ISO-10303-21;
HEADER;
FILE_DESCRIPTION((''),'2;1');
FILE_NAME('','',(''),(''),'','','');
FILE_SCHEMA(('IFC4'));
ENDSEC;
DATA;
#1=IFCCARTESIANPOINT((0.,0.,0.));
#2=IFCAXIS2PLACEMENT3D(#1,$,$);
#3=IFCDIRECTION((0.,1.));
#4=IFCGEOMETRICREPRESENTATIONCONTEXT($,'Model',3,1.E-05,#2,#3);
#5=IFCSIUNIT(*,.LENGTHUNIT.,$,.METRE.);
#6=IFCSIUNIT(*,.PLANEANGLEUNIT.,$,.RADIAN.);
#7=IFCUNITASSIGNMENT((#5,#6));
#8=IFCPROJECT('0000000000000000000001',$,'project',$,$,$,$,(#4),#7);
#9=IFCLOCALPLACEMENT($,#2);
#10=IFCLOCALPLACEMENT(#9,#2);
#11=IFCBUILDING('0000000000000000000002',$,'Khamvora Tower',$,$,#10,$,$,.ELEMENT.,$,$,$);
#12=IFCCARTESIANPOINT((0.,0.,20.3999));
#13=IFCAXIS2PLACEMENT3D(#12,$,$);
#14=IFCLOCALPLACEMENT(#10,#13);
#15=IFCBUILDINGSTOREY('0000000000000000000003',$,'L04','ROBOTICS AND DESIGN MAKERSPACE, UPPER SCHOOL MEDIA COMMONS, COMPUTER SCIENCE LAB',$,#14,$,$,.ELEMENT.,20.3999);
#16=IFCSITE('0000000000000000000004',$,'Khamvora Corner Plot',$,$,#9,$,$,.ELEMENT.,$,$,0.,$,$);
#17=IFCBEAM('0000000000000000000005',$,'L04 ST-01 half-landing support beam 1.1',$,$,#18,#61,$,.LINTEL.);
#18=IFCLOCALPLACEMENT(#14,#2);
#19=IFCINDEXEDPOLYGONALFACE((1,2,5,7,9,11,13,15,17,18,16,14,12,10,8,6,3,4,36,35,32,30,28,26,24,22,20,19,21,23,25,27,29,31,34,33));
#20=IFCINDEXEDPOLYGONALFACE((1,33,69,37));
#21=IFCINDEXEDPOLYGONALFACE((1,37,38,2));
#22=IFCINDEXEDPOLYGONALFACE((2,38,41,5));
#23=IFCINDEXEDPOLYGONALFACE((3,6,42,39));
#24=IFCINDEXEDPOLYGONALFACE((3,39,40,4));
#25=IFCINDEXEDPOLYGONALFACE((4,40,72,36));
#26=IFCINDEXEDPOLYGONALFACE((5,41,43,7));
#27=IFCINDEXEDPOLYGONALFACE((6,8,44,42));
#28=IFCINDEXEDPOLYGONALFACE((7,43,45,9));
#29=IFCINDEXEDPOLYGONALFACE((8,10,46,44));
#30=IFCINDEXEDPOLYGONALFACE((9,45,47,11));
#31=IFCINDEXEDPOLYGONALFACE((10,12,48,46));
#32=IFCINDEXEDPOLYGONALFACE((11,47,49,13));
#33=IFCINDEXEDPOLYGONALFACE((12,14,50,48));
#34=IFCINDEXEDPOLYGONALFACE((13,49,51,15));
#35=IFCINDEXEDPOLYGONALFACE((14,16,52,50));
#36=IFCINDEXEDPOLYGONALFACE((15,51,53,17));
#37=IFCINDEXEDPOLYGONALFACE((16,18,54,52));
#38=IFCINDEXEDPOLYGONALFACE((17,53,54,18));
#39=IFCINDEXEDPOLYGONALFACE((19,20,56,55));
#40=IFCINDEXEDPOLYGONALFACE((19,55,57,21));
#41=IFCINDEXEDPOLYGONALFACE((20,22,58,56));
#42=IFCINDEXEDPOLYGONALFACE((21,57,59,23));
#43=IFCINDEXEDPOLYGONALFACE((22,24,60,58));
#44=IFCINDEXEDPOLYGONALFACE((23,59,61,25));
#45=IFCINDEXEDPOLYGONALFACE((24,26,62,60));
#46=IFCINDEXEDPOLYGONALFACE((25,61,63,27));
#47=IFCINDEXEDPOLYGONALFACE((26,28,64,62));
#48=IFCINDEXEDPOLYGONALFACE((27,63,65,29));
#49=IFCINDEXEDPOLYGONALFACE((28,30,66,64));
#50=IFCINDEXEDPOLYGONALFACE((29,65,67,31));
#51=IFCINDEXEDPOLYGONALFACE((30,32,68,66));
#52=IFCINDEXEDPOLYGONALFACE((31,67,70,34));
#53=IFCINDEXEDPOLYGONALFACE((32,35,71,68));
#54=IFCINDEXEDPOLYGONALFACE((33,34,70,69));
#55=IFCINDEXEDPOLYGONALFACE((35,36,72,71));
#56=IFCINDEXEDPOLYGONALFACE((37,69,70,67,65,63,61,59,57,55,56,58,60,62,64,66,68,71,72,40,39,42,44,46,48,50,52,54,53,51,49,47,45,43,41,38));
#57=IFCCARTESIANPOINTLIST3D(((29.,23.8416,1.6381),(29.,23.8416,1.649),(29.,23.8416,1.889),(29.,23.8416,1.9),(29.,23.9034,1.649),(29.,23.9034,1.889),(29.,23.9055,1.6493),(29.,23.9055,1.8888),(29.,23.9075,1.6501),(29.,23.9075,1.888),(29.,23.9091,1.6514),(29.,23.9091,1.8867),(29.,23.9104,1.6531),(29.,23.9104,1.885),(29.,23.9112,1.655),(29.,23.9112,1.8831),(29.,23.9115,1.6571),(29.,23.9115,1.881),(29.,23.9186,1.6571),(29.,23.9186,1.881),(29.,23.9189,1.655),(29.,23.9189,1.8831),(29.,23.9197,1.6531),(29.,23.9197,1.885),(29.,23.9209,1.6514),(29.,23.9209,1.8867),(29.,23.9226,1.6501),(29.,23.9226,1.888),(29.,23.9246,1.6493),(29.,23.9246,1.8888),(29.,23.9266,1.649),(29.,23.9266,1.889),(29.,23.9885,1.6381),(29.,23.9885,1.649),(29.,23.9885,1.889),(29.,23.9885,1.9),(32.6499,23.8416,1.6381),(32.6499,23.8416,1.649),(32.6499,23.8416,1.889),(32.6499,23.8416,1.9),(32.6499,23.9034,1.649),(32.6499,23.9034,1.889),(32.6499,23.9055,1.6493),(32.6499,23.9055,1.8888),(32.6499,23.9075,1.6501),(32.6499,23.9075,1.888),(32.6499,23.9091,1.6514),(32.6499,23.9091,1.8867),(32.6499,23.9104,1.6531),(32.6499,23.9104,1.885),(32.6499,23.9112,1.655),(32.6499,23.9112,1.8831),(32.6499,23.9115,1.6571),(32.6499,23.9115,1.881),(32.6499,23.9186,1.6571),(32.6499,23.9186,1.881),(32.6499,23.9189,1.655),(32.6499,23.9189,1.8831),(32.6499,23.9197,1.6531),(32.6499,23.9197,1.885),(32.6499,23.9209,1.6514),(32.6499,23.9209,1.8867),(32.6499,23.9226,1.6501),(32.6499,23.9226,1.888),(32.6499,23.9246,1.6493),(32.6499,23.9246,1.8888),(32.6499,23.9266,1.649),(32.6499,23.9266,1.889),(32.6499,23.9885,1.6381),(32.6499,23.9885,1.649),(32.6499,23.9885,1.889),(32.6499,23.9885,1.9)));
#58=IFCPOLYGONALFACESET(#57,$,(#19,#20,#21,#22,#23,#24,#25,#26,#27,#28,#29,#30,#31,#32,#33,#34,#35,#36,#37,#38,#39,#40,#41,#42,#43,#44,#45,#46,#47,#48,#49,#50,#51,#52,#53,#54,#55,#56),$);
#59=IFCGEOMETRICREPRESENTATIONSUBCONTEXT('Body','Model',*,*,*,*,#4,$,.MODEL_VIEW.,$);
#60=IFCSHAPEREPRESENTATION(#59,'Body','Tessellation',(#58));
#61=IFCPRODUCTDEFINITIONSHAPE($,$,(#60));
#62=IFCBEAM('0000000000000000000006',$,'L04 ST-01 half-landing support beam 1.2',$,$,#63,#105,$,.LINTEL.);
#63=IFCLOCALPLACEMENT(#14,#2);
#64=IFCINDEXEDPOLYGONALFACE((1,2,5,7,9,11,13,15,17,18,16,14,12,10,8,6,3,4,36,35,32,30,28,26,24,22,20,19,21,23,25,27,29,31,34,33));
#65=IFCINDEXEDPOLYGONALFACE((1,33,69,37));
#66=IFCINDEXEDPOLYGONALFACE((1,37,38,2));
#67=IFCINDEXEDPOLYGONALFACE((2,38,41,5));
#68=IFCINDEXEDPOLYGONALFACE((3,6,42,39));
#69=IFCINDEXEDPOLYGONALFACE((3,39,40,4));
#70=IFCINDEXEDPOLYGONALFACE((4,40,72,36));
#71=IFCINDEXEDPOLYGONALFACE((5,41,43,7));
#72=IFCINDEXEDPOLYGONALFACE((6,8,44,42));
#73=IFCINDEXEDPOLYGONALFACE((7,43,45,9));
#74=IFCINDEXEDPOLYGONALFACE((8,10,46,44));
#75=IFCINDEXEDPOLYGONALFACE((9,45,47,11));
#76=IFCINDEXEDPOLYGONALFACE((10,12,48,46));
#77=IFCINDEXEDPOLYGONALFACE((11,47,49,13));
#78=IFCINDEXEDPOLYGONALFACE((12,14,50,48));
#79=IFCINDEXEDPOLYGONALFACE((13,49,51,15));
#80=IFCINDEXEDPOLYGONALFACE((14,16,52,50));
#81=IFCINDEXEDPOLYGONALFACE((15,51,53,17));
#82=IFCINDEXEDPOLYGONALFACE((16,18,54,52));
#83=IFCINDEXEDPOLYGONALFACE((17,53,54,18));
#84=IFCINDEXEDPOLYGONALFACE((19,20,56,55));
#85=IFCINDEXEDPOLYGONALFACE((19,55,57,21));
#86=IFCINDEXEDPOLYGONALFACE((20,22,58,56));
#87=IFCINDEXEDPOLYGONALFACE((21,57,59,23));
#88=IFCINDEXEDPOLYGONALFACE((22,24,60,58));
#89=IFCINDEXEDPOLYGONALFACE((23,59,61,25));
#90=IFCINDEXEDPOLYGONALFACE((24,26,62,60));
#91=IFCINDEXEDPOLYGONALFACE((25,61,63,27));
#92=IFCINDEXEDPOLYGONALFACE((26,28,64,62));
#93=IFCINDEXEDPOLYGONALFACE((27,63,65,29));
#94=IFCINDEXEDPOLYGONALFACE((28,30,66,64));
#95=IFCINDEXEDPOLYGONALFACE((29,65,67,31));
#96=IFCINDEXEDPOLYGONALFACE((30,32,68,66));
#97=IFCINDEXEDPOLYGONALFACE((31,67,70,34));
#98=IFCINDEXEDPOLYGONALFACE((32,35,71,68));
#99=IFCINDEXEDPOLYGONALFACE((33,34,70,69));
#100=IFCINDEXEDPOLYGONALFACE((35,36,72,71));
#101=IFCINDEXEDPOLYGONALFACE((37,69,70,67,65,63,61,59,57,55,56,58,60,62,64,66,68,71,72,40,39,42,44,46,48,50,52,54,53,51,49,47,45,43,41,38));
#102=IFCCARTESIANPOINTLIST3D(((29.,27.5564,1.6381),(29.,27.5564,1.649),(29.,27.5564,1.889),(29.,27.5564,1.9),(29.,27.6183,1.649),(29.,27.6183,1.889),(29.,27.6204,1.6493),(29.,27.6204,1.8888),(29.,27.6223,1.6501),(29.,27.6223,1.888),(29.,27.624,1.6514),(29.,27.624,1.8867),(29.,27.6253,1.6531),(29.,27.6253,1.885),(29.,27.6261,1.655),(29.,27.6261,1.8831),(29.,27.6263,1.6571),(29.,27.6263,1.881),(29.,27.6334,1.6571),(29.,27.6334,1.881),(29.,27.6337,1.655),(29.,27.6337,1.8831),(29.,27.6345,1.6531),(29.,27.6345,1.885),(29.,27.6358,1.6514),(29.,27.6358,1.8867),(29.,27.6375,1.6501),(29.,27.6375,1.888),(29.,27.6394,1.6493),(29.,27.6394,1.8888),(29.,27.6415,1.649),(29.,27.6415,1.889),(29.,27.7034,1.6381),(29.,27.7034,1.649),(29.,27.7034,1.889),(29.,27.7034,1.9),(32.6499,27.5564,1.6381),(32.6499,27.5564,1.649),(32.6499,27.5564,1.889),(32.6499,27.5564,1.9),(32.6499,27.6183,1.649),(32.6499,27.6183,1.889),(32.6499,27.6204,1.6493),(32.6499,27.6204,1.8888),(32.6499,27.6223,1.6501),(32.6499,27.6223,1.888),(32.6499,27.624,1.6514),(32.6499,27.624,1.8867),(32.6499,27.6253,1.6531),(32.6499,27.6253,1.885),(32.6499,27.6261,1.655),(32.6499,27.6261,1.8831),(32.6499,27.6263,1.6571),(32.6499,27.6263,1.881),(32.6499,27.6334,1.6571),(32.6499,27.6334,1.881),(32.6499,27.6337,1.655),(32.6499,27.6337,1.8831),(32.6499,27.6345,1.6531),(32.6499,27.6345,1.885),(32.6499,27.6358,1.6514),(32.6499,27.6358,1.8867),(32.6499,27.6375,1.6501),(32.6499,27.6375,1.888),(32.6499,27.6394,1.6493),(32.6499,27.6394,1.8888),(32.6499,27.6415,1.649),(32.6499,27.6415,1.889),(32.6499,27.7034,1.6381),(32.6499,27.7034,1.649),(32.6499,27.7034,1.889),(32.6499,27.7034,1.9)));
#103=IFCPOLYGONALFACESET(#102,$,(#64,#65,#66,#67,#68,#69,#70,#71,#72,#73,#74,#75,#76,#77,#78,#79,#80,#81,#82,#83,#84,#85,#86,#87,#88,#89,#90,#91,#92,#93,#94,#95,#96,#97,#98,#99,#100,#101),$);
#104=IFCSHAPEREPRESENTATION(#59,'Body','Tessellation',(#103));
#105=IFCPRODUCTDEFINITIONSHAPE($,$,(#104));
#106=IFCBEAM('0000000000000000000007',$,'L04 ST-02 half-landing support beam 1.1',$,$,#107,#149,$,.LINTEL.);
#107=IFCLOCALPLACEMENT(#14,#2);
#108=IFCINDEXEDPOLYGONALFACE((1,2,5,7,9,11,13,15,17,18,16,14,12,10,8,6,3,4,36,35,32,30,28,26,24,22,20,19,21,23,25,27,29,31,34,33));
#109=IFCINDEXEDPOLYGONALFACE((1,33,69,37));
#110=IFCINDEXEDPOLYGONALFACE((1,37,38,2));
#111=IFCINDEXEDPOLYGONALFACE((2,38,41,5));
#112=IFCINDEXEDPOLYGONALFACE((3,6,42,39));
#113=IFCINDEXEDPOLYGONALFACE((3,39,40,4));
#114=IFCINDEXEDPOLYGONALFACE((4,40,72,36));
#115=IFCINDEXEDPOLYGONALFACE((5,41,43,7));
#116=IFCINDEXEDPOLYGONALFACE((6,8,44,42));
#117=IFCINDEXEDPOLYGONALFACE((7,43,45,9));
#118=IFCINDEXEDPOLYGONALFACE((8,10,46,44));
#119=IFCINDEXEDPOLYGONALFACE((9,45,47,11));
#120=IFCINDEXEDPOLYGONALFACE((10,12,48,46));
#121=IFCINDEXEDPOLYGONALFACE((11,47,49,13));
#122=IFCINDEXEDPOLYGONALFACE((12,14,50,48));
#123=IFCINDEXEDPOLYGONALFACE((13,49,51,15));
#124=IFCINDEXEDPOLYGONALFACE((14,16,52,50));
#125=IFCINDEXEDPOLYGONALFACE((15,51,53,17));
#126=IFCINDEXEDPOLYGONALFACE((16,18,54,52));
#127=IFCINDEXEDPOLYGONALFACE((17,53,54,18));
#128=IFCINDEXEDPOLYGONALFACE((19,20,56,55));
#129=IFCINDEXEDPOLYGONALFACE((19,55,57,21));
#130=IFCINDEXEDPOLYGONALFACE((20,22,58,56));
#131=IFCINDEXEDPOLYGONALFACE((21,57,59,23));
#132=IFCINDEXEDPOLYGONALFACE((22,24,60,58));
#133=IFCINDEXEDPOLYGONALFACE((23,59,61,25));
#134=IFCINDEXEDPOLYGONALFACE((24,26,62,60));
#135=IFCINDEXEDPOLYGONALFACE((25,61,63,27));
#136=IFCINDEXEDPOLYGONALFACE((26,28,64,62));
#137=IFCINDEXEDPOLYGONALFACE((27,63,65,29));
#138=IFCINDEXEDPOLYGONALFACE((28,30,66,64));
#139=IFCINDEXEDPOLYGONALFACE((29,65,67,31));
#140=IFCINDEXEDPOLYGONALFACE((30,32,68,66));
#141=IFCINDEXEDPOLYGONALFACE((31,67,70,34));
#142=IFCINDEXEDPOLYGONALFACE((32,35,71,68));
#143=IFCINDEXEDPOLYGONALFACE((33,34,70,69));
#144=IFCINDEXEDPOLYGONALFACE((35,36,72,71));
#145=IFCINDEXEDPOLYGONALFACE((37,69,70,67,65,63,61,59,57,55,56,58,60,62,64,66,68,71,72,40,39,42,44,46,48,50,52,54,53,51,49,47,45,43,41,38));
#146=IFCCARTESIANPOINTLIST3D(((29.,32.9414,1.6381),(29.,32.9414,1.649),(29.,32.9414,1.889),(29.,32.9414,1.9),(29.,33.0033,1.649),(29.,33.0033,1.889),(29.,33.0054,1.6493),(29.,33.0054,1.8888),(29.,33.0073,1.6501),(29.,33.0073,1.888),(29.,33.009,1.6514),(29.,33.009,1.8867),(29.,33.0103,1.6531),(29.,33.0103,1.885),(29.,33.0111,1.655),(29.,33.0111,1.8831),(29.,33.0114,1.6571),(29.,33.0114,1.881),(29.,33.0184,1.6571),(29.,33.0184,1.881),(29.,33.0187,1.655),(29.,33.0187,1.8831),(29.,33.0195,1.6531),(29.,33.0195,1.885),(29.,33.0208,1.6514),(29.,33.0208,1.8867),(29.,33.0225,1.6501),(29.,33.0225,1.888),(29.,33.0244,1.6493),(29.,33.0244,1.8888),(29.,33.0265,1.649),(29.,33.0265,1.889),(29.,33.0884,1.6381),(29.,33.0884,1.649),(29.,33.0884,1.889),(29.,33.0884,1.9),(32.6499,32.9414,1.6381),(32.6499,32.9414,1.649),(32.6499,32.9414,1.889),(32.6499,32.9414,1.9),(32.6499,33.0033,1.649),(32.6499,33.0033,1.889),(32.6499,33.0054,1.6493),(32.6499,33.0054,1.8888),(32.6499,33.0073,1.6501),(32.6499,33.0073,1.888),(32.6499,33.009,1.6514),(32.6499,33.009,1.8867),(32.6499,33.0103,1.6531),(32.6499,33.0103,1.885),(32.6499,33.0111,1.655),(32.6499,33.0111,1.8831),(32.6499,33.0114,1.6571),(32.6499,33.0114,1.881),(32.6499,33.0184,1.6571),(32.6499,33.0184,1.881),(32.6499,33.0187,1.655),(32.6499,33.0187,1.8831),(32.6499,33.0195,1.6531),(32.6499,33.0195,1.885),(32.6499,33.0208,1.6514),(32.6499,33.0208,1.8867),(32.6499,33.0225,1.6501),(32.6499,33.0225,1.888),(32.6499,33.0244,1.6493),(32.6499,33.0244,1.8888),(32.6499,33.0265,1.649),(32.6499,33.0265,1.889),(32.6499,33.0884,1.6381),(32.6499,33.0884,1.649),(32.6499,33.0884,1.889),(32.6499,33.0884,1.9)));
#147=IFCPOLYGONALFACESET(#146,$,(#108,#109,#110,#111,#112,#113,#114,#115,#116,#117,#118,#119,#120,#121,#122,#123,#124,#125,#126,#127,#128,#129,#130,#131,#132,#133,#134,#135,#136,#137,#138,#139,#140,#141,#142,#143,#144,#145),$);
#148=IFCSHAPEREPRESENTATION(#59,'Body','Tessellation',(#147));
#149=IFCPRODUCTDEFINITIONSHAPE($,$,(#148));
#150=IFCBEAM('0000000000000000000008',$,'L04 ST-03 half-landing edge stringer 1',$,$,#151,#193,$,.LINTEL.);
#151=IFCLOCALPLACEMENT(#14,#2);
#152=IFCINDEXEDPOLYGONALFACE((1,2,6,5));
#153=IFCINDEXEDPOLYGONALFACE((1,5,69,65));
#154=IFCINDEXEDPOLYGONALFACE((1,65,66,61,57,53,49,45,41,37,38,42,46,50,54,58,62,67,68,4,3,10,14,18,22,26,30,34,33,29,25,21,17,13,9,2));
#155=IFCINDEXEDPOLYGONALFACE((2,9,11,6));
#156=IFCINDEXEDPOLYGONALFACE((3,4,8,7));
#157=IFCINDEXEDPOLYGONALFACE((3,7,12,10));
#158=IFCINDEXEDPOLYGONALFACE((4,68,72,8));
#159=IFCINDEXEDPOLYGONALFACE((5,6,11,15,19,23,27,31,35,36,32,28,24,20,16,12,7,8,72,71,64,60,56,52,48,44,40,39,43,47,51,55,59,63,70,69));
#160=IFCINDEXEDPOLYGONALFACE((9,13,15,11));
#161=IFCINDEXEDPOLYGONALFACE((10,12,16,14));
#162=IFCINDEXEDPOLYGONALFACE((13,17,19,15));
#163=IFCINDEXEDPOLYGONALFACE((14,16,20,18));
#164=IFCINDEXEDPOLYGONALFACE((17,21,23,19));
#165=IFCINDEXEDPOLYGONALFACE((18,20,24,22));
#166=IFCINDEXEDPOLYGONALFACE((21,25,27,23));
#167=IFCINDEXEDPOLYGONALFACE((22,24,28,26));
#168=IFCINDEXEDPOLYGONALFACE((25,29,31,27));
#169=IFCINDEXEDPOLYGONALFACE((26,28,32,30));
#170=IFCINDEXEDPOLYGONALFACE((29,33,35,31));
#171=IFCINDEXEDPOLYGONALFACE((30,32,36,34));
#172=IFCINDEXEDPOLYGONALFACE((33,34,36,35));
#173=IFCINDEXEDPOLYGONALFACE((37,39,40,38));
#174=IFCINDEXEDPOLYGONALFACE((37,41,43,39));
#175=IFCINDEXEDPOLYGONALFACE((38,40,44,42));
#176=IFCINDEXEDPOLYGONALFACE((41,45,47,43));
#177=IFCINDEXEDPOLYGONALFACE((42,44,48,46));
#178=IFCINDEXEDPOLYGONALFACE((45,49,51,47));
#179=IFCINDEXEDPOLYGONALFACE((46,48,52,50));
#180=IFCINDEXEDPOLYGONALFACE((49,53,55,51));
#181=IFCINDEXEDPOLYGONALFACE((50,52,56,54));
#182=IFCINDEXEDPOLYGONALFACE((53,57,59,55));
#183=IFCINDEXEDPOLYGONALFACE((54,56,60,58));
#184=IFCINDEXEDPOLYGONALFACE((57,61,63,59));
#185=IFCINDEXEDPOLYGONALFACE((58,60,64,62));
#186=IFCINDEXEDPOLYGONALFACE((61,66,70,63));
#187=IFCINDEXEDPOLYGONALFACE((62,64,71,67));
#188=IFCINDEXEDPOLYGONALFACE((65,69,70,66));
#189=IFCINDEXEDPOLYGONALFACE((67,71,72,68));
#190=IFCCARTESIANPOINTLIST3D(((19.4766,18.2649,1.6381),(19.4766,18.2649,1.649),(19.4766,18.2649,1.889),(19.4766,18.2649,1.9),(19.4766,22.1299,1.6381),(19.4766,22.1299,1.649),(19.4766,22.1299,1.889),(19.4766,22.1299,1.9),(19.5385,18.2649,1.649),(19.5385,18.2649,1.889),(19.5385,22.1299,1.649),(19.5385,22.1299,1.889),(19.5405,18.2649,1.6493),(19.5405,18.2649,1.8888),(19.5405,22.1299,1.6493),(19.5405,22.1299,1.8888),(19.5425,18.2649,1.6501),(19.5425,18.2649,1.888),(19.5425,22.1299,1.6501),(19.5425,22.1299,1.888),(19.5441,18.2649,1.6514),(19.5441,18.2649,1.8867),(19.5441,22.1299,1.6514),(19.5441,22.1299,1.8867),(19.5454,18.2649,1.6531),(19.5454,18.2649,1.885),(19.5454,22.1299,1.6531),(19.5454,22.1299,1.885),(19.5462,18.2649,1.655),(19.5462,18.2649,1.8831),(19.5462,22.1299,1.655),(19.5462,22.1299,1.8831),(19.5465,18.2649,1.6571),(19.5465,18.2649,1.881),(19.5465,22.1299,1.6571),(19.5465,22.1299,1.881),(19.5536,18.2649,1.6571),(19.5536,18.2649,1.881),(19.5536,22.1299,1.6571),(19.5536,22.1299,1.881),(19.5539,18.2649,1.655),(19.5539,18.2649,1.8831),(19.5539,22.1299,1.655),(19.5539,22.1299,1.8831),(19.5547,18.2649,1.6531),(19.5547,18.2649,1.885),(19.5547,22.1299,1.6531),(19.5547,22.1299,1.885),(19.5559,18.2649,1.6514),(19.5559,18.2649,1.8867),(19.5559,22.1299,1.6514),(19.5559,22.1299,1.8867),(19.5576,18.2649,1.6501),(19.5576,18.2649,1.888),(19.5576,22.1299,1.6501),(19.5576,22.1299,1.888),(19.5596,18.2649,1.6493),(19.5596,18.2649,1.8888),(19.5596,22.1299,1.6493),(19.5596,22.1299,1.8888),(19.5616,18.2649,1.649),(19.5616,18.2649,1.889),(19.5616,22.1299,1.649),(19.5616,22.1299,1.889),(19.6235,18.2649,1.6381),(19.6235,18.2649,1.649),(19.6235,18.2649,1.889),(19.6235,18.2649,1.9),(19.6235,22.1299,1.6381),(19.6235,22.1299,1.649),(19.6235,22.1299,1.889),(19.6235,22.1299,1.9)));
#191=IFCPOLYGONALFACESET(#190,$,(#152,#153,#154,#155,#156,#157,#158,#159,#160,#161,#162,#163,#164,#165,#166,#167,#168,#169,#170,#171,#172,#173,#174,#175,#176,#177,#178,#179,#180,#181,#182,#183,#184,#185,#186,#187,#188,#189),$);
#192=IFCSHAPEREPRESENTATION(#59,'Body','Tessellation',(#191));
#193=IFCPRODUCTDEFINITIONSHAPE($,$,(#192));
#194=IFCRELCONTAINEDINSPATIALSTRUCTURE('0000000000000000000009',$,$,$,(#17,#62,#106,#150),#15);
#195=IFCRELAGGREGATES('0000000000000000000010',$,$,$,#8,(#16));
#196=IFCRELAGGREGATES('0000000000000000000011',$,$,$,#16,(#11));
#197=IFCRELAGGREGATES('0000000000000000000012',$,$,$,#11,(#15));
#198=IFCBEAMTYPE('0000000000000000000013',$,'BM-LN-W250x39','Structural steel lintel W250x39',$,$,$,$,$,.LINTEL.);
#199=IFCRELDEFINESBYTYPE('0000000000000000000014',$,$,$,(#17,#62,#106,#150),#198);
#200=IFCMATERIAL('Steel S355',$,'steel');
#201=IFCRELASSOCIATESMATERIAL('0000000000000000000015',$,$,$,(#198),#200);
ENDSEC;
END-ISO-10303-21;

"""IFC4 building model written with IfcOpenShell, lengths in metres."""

from ifc_helpers import new_model, si_unit, direction, frame, origin, origin_2d, place, context, subcontext, project, spatial, i_section, extrude, material, material_profile, profile_set, type_object, element, save


model = new_model("IFC4")

# Units and contexts
model_context = context("Model", 3, precision=1e-05, world=origin(), true_north=direction((0.0, 1.0)))
body_context = subcontext(model_context, "Body", "Model", "MODEL_VIEW")
ifc_project = project(units=[si_unit("LENGTHUNIT", "METRE"), si_unit("PLANEANGLEUNIT", "RADIAN")], contexts=[model_context])

# Site, building, storey
site_placement = place(None, origin())
site = spatial("IfcSite", under=ifc_project, at=site_placement, Name="Khamvora Corner Plot", CompositionType="ELEMENT", RefElevation=0.0)
building_placement = place(site_placement, origin())
building = spatial("IfcBuilding", under=site, at=building_placement, Name="Khamvora Tower", CompositionType="ELEMENT")
storey_placement = place(building_placement, frame((0.0, 0.0, 20.3999)))
storey = spatial("IfcBuildingStorey", under=building, at=storey_placement, Name="L04", Description="ROBOTICS AND DESIGN MAKERSPACE, UPPER SCHOOL MEDIA COMMONS, COMPUTER SCIENCE LAB", CompositionType="ELEMENT", Elevation=20.3999)

# Beams
ifc_material_1 = material(Name="Steel S355", Category="steel")
ifc_material_profile_1 = material_profile(ifc_material_1, i_section(OverallWidth=0.147, OverallDepth=0.262, WebThickness=0.0071, FlangeThickness=0.011, FilletRadius=0.0081, at=origin_2d()), Name="W250x39")
ifc_profile_set_1 = profile_set([ifc_material_profile_1], Name="Steel S355")
beam_type_1 = type_object("IfcBeamType", Name="BM-LN-W250x39", Description="Structural steel lintel W250x39", PredefinedType="LINTEL", material=ifc_profile_set_1)
for number, where, z_axis, x_axis, name in (
    (1, (29.0, 23.915, 1.769), (1.0, 0.0, 0.0), (0.0, 1.0, 0.0), "L04 ST-01 half-landing support beam 1.1"),
    (2, (29.0, 27.6299, 1.769), (1.0, 0.0, 0.0), (0.0, 1.0, 0.0), "L04 ST-01 half-landing support beam 1.2"),
    (3, (29.0, 33.0149, 1.769), (1.0, 0.0, 0.0), (0.0, 1.0, 0.0), "L04 ST-02 half-landing support beam 1.1"),
):
    element("IfcBeam", number, at=place(storey_placement, frame(where, z_axis=z_axis, x_axis=x_axis)), inside=storey, type_object=beam_type_1, Name=name, PredefinedType="LINTEL", context=body_context, shape_type="SweptSolid", body=[
        extrude(i_section(OverallWidth=0.147, OverallDepth=0.262, WebThickness=0.0071, FlangeThickness=0.011, FilletRadius=0.0081, at=origin_2d()), origin(), (0.0, 0.0, 1.0), 3.6499),
    ])
beam_placement = place(storey_placement, frame((19.55, 18.2649, 1.769), z_axis=(0.0, 1.0, 0.0), x_axis=(-1.0, 0.0, 0.0)))
element("IfcBeam", 4, at=beam_placement, inside=storey, type_object=beam_type_1, Name="L04 ST-03 half-landing edge stringer 1", PredefinedType="LINTEL", context=body_context, shape_type="SweptSolid", body=[
    extrude(i_section(OverallWidth=0.147, OverallDepth=0.262, WebThickness=0.0071, FlangeThickness=0.011, FilletRadius=0.0081, at=origin_2d()), origin(), (0.0, 0.0, 1.0), 3.865),
])

save(model, "model.ifc")
